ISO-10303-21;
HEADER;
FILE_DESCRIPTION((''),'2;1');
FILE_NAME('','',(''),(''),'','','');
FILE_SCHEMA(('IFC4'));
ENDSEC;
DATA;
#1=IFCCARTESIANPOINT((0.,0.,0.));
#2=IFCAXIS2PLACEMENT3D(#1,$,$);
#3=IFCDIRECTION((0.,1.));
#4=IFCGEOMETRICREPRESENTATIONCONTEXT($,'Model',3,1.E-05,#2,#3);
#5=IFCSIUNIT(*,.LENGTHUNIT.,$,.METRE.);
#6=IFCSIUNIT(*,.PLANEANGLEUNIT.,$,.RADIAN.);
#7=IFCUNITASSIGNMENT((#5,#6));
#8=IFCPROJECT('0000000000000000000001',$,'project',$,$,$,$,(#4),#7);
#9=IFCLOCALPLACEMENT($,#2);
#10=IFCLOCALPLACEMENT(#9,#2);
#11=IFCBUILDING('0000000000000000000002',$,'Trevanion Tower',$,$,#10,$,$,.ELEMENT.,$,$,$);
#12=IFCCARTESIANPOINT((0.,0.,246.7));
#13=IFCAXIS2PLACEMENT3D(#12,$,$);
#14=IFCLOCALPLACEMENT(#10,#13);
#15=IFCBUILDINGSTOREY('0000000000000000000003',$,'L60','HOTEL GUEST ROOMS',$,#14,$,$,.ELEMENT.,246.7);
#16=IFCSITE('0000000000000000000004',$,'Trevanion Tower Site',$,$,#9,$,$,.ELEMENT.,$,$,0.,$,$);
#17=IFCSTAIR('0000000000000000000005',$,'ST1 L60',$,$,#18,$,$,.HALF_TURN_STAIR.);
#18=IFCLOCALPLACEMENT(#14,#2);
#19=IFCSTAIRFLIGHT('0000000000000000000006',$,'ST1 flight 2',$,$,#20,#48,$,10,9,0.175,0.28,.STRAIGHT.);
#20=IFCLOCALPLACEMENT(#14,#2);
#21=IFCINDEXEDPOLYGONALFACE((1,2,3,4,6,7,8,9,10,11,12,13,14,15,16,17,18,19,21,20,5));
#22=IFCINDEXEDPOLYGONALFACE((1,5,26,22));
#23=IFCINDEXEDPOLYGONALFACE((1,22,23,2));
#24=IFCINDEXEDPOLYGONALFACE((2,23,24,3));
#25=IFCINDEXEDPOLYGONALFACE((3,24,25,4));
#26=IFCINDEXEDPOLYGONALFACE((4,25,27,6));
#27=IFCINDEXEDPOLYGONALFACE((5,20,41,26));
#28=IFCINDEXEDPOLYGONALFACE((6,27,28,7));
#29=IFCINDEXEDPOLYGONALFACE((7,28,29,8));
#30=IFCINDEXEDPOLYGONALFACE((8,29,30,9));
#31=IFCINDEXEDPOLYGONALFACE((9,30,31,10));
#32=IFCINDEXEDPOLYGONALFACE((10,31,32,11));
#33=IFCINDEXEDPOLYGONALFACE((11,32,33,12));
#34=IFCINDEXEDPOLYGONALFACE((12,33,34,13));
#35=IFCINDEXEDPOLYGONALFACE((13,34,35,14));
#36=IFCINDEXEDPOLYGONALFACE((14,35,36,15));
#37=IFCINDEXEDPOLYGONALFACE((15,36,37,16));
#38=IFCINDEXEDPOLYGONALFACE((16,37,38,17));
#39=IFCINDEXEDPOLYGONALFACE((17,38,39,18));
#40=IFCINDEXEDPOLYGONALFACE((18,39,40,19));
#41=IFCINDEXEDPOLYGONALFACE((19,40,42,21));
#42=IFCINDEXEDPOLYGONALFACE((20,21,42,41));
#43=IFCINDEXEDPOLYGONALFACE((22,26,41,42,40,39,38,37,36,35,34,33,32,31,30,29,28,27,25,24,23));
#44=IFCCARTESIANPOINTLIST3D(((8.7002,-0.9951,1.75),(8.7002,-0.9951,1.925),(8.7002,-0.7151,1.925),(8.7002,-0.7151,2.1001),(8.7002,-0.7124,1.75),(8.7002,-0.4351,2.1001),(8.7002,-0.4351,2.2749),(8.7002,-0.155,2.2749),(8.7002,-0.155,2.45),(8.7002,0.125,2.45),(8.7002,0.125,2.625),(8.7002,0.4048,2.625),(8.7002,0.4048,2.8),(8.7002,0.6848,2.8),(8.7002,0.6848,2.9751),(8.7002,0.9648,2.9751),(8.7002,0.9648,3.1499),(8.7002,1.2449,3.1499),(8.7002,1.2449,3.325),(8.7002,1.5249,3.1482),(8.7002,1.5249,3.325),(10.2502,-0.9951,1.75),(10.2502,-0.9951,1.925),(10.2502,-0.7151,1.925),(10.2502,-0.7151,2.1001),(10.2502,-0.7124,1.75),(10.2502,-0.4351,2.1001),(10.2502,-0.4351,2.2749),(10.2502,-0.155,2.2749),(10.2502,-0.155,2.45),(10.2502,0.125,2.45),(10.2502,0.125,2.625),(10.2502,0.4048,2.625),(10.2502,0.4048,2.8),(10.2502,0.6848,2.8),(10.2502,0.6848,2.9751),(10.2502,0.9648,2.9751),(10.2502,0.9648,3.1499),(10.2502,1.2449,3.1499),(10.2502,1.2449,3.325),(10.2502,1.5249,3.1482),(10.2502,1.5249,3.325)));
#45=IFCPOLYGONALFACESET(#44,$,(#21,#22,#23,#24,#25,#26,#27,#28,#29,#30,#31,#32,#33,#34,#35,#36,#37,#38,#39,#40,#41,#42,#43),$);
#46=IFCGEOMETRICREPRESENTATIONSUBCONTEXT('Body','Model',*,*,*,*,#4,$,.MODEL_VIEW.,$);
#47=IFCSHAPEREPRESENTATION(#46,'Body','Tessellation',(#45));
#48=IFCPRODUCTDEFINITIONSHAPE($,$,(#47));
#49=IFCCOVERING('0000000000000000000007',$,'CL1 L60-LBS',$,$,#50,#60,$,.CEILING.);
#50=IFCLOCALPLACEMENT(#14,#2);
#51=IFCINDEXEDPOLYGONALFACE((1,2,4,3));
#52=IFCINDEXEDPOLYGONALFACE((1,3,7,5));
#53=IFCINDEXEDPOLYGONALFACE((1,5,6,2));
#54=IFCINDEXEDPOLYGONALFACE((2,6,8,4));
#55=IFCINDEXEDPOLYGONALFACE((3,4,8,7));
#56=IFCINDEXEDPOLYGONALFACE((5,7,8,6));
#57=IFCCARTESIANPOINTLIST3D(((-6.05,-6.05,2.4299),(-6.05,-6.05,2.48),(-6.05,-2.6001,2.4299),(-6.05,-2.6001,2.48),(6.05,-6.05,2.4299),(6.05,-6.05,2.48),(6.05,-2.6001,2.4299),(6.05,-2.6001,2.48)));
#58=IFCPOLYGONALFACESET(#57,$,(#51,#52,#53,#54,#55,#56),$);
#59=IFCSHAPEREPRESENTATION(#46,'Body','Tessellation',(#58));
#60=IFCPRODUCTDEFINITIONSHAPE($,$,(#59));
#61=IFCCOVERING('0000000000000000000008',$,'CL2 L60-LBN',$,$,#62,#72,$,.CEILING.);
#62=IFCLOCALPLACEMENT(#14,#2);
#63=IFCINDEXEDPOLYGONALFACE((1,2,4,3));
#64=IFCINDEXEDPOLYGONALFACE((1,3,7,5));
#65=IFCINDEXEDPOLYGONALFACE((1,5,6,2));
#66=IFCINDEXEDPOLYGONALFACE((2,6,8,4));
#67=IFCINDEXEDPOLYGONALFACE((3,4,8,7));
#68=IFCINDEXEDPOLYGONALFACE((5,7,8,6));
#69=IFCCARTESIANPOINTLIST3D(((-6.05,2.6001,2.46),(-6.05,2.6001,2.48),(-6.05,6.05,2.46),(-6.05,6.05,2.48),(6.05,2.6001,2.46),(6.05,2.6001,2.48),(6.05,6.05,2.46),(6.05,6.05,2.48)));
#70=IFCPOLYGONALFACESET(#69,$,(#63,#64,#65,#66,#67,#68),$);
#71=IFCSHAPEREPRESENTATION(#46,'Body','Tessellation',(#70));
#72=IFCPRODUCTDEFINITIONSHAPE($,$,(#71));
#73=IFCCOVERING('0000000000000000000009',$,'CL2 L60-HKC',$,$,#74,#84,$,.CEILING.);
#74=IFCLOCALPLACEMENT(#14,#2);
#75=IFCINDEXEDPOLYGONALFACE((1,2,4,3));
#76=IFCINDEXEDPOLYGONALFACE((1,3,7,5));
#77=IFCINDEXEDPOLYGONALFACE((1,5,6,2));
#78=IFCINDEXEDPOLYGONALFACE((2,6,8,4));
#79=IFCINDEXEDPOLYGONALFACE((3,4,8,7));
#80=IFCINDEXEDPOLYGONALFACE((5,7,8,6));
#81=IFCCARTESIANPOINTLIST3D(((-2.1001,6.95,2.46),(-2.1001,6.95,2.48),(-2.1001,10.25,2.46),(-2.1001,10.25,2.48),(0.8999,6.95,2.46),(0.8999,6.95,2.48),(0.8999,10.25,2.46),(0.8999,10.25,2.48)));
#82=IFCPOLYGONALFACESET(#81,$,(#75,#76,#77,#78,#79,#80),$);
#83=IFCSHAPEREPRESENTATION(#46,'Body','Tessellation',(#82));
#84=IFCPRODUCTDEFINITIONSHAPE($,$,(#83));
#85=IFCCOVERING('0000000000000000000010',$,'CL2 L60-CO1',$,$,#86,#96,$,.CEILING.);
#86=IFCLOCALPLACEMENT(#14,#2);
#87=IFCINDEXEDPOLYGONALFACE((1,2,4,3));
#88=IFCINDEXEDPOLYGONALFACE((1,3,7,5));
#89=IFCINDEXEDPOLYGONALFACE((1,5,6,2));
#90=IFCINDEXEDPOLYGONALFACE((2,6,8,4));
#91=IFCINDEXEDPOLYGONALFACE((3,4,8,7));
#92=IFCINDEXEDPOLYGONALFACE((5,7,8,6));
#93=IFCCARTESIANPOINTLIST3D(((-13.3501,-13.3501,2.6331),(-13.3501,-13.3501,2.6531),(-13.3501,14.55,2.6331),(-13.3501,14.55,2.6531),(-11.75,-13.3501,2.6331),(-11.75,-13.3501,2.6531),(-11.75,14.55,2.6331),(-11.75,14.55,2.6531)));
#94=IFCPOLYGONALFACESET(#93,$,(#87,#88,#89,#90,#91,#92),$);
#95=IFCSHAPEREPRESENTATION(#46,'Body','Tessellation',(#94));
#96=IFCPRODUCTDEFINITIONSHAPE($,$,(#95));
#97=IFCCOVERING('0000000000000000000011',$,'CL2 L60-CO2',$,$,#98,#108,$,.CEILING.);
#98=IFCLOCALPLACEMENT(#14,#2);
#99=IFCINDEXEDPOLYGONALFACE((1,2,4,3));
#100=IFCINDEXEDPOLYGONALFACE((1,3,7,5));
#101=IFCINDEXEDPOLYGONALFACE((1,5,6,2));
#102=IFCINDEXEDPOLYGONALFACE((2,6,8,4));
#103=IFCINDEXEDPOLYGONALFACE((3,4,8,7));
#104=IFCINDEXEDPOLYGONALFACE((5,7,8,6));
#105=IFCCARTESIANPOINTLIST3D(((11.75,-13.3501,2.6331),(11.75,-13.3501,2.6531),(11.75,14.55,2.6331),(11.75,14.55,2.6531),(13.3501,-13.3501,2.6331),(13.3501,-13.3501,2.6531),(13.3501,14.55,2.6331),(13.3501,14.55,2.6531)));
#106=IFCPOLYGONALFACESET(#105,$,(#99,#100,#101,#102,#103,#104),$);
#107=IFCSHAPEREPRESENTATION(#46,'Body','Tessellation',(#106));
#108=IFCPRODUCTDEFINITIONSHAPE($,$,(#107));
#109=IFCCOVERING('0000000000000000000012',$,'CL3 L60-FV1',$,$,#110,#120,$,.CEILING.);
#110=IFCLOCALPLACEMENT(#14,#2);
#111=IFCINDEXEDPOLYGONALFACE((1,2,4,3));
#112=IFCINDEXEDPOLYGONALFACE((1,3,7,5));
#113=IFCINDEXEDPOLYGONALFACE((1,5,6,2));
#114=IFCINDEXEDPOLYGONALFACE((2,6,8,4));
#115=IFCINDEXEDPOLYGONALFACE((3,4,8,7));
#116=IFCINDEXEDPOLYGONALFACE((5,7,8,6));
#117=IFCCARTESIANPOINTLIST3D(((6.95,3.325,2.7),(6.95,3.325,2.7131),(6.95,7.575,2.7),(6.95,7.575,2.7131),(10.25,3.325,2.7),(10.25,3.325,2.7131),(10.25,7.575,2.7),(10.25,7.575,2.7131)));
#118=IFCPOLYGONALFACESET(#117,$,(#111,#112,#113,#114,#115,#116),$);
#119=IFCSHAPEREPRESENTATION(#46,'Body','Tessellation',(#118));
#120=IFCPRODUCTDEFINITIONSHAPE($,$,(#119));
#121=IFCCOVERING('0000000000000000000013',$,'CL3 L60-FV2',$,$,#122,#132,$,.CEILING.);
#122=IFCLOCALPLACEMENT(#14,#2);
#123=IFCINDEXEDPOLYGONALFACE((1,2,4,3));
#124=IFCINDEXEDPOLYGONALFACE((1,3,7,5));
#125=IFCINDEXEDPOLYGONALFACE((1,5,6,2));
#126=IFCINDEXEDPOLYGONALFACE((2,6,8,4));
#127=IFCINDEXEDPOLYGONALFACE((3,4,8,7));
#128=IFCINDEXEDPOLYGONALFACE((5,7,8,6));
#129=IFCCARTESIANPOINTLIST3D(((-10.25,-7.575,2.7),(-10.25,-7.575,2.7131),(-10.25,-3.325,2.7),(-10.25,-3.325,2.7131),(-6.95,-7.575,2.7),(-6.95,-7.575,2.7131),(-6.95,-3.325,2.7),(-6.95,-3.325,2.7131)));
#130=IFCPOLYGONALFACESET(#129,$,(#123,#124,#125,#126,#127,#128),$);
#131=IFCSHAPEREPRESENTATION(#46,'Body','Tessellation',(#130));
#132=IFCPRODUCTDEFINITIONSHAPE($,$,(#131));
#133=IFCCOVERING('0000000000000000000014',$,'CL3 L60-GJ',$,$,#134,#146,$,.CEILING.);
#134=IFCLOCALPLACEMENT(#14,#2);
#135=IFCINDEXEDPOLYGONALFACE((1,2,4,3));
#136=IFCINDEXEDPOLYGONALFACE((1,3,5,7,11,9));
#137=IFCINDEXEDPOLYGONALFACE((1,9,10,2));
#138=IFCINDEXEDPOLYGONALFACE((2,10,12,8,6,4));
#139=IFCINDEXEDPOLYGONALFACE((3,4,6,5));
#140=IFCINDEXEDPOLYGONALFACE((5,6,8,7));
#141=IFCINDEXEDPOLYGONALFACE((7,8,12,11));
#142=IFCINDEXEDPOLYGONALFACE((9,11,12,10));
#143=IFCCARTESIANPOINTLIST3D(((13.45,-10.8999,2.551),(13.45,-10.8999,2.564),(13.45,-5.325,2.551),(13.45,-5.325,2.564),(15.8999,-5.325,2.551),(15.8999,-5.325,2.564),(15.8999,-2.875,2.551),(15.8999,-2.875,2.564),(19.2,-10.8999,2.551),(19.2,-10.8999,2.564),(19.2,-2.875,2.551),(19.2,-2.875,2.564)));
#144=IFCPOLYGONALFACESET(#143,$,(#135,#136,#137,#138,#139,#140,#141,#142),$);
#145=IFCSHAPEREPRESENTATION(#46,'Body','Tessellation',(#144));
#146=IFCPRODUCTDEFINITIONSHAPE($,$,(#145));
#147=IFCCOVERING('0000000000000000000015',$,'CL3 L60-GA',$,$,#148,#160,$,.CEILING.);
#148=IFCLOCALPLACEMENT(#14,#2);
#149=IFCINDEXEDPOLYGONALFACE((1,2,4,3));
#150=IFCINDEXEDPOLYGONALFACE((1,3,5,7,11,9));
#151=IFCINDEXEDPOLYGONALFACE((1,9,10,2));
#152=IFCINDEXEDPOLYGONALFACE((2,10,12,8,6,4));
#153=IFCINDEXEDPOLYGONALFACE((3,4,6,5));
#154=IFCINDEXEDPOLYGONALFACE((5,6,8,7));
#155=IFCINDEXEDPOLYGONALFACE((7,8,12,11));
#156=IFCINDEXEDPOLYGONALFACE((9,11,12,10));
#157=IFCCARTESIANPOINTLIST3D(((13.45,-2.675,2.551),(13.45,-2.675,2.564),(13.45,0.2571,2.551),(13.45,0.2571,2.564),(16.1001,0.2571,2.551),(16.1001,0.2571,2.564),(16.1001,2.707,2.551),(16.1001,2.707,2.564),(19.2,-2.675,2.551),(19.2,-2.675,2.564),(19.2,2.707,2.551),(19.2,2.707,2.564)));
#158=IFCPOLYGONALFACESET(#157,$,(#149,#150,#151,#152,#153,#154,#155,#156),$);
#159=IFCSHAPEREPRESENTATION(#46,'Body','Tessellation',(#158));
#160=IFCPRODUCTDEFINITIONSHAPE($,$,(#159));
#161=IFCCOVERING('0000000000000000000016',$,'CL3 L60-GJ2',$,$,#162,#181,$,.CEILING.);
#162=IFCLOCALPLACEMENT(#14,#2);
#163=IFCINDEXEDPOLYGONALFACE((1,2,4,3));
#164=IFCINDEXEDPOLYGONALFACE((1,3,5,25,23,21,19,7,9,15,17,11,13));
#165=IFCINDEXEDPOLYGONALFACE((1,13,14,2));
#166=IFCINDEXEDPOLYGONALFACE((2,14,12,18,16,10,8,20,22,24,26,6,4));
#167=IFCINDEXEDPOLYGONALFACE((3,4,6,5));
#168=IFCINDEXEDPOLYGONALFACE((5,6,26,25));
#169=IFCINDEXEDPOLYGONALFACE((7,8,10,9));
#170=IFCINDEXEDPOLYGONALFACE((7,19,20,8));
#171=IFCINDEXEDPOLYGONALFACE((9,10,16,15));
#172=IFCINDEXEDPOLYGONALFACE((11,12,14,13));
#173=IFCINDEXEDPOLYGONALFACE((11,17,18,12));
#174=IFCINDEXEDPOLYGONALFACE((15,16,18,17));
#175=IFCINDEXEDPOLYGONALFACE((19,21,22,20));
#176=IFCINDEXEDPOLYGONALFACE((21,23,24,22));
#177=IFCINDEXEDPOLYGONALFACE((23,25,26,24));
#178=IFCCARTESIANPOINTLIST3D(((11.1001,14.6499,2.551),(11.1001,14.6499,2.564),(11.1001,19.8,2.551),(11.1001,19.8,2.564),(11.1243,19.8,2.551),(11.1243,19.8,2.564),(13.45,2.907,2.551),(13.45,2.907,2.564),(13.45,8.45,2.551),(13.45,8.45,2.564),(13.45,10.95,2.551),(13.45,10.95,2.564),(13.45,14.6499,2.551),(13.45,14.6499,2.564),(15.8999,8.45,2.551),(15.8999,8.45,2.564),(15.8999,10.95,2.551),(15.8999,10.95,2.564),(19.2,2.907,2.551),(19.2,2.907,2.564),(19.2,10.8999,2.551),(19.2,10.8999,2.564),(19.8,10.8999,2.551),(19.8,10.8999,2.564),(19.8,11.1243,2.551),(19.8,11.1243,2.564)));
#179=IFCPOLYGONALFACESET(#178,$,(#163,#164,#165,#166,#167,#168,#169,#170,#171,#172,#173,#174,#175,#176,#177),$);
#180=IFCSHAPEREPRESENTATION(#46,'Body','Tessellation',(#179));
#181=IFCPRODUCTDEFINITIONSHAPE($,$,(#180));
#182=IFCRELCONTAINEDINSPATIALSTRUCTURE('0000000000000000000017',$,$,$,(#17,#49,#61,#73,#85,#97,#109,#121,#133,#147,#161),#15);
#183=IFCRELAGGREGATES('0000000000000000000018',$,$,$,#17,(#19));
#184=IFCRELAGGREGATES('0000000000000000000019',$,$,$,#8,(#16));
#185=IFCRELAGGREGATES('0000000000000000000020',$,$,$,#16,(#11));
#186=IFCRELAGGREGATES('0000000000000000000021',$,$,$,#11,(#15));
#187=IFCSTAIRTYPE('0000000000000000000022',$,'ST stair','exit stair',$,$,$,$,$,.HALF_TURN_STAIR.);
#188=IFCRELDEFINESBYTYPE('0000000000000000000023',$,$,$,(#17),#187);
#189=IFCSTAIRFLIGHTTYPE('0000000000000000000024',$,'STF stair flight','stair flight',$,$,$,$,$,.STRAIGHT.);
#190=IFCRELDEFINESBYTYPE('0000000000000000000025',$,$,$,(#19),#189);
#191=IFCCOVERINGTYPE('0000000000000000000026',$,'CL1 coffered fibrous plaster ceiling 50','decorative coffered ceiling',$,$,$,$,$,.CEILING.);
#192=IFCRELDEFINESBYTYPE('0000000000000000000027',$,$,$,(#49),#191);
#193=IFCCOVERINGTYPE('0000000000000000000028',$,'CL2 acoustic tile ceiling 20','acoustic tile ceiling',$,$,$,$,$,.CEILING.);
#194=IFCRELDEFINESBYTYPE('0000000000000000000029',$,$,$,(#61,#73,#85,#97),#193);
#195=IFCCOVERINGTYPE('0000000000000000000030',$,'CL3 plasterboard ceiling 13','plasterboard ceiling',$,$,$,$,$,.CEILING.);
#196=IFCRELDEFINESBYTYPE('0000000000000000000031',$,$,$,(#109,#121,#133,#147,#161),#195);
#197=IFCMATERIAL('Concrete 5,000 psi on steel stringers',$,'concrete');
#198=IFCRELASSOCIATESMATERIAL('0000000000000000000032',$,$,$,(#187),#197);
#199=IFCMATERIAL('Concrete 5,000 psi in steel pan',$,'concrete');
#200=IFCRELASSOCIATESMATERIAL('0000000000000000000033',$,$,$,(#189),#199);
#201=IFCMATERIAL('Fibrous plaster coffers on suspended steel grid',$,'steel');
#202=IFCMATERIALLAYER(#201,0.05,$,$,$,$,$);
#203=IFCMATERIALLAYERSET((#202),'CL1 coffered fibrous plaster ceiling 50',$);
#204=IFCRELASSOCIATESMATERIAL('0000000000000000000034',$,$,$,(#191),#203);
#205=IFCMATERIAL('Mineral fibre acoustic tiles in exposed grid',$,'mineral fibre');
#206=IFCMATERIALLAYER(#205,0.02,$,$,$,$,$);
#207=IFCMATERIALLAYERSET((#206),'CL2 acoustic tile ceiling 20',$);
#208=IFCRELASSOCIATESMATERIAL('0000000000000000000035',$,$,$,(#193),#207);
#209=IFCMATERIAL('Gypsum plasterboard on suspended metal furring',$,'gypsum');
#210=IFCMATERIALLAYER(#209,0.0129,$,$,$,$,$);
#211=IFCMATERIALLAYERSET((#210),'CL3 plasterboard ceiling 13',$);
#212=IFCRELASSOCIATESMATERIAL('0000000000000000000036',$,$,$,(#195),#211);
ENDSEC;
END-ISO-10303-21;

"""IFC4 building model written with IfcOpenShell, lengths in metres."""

from ifc_helpers import new_model, si_unit, direction, frame, origin, place, context, subcontext, project, spatial, polyline, outline, extrude, material, layer, layer_set, type_object, element, aggregate, save


model = new_model("IFC4")

# Units and contexts
model_context = context("Model", 3, precision=1e-05, world=origin(), true_north=direction((0.0, 1.0)))
body_context = subcontext(model_context, "Body", "Model", "MODEL_VIEW")
ifc_project = project(units=[si_unit("LENGTHUNIT", "METRE"), si_unit("PLANEANGLEUNIT", "RADIAN")], contexts=[model_context])

# Site, building, storey
site_placement = place(None, origin())
site = spatial("IfcSite", under=ifc_project, at=site_placement, Name="Trevanion Tower Site", CompositionType="ELEMENT", RefElevation=0.0)
building_placement = place(site_placement, origin())
building = spatial("IfcBuilding", under=site, at=building_placement, Name="Trevanion Tower", CompositionType="ELEMENT")
storey_placement = place(building_placement, frame((0.0, 0.0, 246.7)))
storey = spatial("IfcBuildingStorey", under=building, at=storey_placement, Name="L60", Description="HOTEL GUEST ROOMS", CompositionType="ELEMENT", Elevation=246.7)

# Stair, stair flight
ifc_material_1 = material(Name="Concrete 5,000 psi on steel stringers", Category="concrete")
stair_type = type_object("IfcStairType", Name="ST stair", Description="exit stair", PredefinedType="HALF_TURN_STAIR", material=ifc_material_1)
stair_placement = place(storey_placement, origin())
stair = element("IfcStair", 1, at=stair_placement, inside=storey, type_object=stair_type, Name="ST1 L60", PredefinedType="HALF_TURN_STAIR")
ifc_material_2 = material(Name="Concrete 5,000 psi in steel pan", Category="concrete")
stair_flight_type = type_object("IfcStairFlightType", Name="STF stair flight", Description="stair flight", PredefinedType="STRAIGHT", material=ifc_material_2)
stair_flight_placement = place(storey_placement, frame((9.4751, -0.9951, 1.75), z_axis=(0.0, 0.0, 1.0), x_axis=(0.0, 1.0, 0.0)))
stair_flight = element("IfcStairFlight", 2, at=stair_flight_placement, type_object=stair_flight_type, Name="ST1 flight 2", NumberOfRisers=10, NumberOfTreads=9, PredefinedType="STRAIGHT", RiserHeight=0.175, TreadLength=0.28, context=body_context, shape_type="SweptSolid", body=[
    extrude(outline(polyline([(0.0, 0.0), (0.0, 0.175), (0.28, 0.175), (0.28, 0.3501), (0.5601, 0.3501), (0.5601, 0.5249), (0.8401, 0.5249), (0.8401, 0.7), (1.1201, 0.7), (1.1201, 0.875), (1.3999, 0.875), (1.3999, 1.05), (1.6799, 1.05), (1.6799, 1.2251), (1.96, 1.2251), (1.96, 1.3999), (2.24, 1.3999), (2.24, 1.575), (2.52, 1.575), (2.52, 1.75), (2.52, 1.3982), (0.2827, 0.0), (0.0, 0.0)])), frame((0.0, 0.7749, 0.0), z_axis=(0.0, -1.0, 0.0), x_axis=(1.0, 0.0, 0.0)), (0.0, 0.0, 1.0), 1.55),
])
aggregate(stair, [stair_flight])

# Coverings
ifc_material_3 = material(Name="Fibrous plaster coffers on suspended steel grid", Category="steel")
ifc_layer_1 = layer(ifc_material_3, 0.05)
ifc_layer_set_1 = layer_set([ifc_layer_1], Name="CL1 coffered fibrous plaster ceiling 50")
covering_type_1 = type_object("IfcCoveringType", Name="CL1 coffered fibrous plaster ceiling 50", Description="decorative coffered ceiling", PredefinedType="CEILING", material=ifc_layer_set_1)
covering_1_placement = place(storey_placement, frame((0.0, 0.0, 2.4299)))
element("IfcCovering", 3, at=covering_1_placement, inside=storey, type_object=covering_type_1, Name="CL1 L60-LBS", PredefinedType="CEILING", context=body_context, shape_type="SweptSolid", body=[
    extrude(outline(polyline([(6.05, -6.05), (6.05, -2.6001), (-6.05, -2.6001), (-6.05, -6.05), (6.05, -6.05)])), origin(), (0.0, 0.0, 1.0), 0.05),
])
ifc_material_4 = material(Name="Mineral fibre acoustic tiles in exposed grid", Category="mineral fibre")
ifc_layer_2 = layer(ifc_material_4, 0.02)
ifc_layer_set_2 = layer_set([ifc_layer_2], Name="CL2 acoustic tile ceiling 20")
covering_type_2 = type_object("IfcCoveringType", Name="CL2 acoustic tile ceiling 20", Description="acoustic tile ceiling", PredefinedType="CEILING", material=ifc_layer_set_2)
covering_2_placement = place(storey_placement, frame((0.0, 0.0, 2.46)))
element("IfcCovering", 4, at=covering_2_placement, inside=storey, type_object=covering_type_2, Name="CL2 L60-LBN", PredefinedType="CEILING", context=body_context, shape_type="SweptSolid", body=[
    extrude(outline(polyline([(6.05, 2.6001), (6.05, 6.05), (-6.05, 6.05), (-6.05, 2.6001), (6.05, 2.6001)])), origin(), (0.0, 0.0, 1.0), 0.02),
])
covering_3_placement = place(storey_placement, frame((0.0, 0.0, 2.46)))
element("IfcCovering", 5, at=covering_3_placement, inside=storey, type_object=covering_type_2, Name="CL2 L60-HKC", PredefinedType="CEILING", context=body_context, shape_type="SweptSolid", body=[
    extrude(outline(polyline([(0.8999, 6.95), (0.8999, 10.25), (-2.1001, 10.25), (-2.1001, 6.95), (0.8999, 6.95)])), origin(), (0.0, 0.0, 1.0), 0.02),
])
covering_4_placement = place(storey_placement, frame((0.0, 0.0, 2.6331)))
element("IfcCovering", 6, at=covering_4_placement, inside=storey, type_object=covering_type_2, Name="CL2 L60-CO1", PredefinedType="CEILING", context=body_context, shape_type="SweptSolid", body=[
    extrude(outline(polyline([(-11.75, 14.55), (-11.75, -13.3501), (-13.3501, -13.3501), (-13.3501, 14.55), (-11.75, 14.55)])), origin(), (0.0, 0.0, 1.0), 0.02),
])
covering_5_placement = place(storey_placement, frame((0.0, 0.0, 2.6331)))
element("IfcCovering", 7, at=covering_5_placement, inside=storey, type_object=covering_type_2, Name="CL2 L60-CO2", PredefinedType="CEILING", context=body_context, shape_type="SweptSolid", body=[
    extrude(outline(polyline([(11.75, -13.3501), (11.75, 14.55), (13.3501, 14.55), (13.3501, -13.3501), (11.75, -13.3501)])), origin(), (0.0, 0.0, 1.0), 0.02),
])
ifc_material_5 = material(Name="Gypsum plasterboard on suspended metal furring", Category="gypsum")
ifc_layer_3 = layer(ifc_material_5, 0.0129)
ifc_layer_set_3 = layer_set([ifc_layer_3], Name="CL3 plasterboard ceiling 13")
covering_type_3 = type_object("IfcCoveringType", Name="CL3 plasterboard ceiling 13", Description="plasterboard ceiling", PredefinedType="CEILING", material=ifc_layer_set_3)
covering_6_placement = place(storey_placement, frame((0.0, 0.0, 2.7)))
element("IfcCovering", 8, at=covering_6_placement, inside=storey, type_object=covering_type_3, Name="CL3 L60-FV1", PredefinedType="CEILING", context=body_context, shape_type="SweptSolid", body=[
    extrude(outline(polyline([(10.25, 3.325), (10.25, 7.575), (6.95, 7.575), (6.95, 3.325), (10.25, 3.325)])), origin(), (0.0, 0.0, 1.0), 0.0132),
])
covering_7_placement = place(storey_placement, frame((0.0, 0.0, 2.7)))
element("IfcCovering", 9, at=covering_7_placement, inside=storey, type_object=covering_type_3, Name="CL3 L60-FV2", PredefinedType="CEILING", context=body_context, shape_type="SweptSolid", body=[
    extrude(outline(polyline([(-10.25, -3.325), (-10.25, -7.575), (-6.95, -7.575), (-6.95, -3.325), (-10.25, -3.325)])), origin(), (0.0, 0.0, 1.0), 0.0132),
])
covering_8_placement = place(storey_placement, frame((0.0, 0.0, 2.551)))
element("IfcCovering", 10, at=covering_8_placement, inside=storey, type_object=covering_type_3, Name="CL3 L60-GJ", PredefinedType="CEILING", context=body_context, shape_type="SweptSolid", body=[
    extrude(outline(polyline([(13.45, -5.325), (15.8999, -5.325), (15.8999, -2.875), (19.2, -2.875), (19.2, -10.8999), (13.45, -10.8999), (13.45, -5.325)])), origin(), (0.0, 0.0, 1.0), 0.0129),
])
covering_9_placement = place(storey_placement, frame((0.0, 0.0, 2.551)))
element("IfcCovering", 11, at=covering_9_placement, inside=storey, type_object=covering_type_3, Name="CL3 L60-GA", PredefinedType="CEILING", context=body_context, shape_type="SweptSolid", body=[
    extrude(outline(polyline([(13.45, 0.2571), (16.1001, 0.2571), (16.1001, 2.707), (19.2, 2.707), (19.2, -2.675), (13.45, -2.675), (13.45, 0.2571)])), origin(), (0.0, 0.0, 1.0), 0.0129),
])
covering_10_placement = place(storey_placement, frame((0.0, 0.0, 2.551)))
element("IfcCovering", 12, at=covering_10_placement, inside=storey, type_object=covering_type_3, Name="CL3 L60-GJ2", PredefinedType="CEILING", context=body_context, shape_type="SweptSolid", body=[
    extrude(outline(polyline([(11.1001, 14.6499), (11.1001, 19.8), (11.1243, 19.8), (19.8, 11.1243), (19.8, 10.8999), (19.2, 10.8999), (19.2, 2.907), (13.45, 2.907), (13.45, 8.45), (15.8999, 8.45), (15.8999, 10.95), (13.45, 10.95), (13.45, 14.6499), (11.1001, 14.6499)])), origin(), (0.0, 0.0, 1.0), 0.0129),
])

save(model, "model.ifc")
